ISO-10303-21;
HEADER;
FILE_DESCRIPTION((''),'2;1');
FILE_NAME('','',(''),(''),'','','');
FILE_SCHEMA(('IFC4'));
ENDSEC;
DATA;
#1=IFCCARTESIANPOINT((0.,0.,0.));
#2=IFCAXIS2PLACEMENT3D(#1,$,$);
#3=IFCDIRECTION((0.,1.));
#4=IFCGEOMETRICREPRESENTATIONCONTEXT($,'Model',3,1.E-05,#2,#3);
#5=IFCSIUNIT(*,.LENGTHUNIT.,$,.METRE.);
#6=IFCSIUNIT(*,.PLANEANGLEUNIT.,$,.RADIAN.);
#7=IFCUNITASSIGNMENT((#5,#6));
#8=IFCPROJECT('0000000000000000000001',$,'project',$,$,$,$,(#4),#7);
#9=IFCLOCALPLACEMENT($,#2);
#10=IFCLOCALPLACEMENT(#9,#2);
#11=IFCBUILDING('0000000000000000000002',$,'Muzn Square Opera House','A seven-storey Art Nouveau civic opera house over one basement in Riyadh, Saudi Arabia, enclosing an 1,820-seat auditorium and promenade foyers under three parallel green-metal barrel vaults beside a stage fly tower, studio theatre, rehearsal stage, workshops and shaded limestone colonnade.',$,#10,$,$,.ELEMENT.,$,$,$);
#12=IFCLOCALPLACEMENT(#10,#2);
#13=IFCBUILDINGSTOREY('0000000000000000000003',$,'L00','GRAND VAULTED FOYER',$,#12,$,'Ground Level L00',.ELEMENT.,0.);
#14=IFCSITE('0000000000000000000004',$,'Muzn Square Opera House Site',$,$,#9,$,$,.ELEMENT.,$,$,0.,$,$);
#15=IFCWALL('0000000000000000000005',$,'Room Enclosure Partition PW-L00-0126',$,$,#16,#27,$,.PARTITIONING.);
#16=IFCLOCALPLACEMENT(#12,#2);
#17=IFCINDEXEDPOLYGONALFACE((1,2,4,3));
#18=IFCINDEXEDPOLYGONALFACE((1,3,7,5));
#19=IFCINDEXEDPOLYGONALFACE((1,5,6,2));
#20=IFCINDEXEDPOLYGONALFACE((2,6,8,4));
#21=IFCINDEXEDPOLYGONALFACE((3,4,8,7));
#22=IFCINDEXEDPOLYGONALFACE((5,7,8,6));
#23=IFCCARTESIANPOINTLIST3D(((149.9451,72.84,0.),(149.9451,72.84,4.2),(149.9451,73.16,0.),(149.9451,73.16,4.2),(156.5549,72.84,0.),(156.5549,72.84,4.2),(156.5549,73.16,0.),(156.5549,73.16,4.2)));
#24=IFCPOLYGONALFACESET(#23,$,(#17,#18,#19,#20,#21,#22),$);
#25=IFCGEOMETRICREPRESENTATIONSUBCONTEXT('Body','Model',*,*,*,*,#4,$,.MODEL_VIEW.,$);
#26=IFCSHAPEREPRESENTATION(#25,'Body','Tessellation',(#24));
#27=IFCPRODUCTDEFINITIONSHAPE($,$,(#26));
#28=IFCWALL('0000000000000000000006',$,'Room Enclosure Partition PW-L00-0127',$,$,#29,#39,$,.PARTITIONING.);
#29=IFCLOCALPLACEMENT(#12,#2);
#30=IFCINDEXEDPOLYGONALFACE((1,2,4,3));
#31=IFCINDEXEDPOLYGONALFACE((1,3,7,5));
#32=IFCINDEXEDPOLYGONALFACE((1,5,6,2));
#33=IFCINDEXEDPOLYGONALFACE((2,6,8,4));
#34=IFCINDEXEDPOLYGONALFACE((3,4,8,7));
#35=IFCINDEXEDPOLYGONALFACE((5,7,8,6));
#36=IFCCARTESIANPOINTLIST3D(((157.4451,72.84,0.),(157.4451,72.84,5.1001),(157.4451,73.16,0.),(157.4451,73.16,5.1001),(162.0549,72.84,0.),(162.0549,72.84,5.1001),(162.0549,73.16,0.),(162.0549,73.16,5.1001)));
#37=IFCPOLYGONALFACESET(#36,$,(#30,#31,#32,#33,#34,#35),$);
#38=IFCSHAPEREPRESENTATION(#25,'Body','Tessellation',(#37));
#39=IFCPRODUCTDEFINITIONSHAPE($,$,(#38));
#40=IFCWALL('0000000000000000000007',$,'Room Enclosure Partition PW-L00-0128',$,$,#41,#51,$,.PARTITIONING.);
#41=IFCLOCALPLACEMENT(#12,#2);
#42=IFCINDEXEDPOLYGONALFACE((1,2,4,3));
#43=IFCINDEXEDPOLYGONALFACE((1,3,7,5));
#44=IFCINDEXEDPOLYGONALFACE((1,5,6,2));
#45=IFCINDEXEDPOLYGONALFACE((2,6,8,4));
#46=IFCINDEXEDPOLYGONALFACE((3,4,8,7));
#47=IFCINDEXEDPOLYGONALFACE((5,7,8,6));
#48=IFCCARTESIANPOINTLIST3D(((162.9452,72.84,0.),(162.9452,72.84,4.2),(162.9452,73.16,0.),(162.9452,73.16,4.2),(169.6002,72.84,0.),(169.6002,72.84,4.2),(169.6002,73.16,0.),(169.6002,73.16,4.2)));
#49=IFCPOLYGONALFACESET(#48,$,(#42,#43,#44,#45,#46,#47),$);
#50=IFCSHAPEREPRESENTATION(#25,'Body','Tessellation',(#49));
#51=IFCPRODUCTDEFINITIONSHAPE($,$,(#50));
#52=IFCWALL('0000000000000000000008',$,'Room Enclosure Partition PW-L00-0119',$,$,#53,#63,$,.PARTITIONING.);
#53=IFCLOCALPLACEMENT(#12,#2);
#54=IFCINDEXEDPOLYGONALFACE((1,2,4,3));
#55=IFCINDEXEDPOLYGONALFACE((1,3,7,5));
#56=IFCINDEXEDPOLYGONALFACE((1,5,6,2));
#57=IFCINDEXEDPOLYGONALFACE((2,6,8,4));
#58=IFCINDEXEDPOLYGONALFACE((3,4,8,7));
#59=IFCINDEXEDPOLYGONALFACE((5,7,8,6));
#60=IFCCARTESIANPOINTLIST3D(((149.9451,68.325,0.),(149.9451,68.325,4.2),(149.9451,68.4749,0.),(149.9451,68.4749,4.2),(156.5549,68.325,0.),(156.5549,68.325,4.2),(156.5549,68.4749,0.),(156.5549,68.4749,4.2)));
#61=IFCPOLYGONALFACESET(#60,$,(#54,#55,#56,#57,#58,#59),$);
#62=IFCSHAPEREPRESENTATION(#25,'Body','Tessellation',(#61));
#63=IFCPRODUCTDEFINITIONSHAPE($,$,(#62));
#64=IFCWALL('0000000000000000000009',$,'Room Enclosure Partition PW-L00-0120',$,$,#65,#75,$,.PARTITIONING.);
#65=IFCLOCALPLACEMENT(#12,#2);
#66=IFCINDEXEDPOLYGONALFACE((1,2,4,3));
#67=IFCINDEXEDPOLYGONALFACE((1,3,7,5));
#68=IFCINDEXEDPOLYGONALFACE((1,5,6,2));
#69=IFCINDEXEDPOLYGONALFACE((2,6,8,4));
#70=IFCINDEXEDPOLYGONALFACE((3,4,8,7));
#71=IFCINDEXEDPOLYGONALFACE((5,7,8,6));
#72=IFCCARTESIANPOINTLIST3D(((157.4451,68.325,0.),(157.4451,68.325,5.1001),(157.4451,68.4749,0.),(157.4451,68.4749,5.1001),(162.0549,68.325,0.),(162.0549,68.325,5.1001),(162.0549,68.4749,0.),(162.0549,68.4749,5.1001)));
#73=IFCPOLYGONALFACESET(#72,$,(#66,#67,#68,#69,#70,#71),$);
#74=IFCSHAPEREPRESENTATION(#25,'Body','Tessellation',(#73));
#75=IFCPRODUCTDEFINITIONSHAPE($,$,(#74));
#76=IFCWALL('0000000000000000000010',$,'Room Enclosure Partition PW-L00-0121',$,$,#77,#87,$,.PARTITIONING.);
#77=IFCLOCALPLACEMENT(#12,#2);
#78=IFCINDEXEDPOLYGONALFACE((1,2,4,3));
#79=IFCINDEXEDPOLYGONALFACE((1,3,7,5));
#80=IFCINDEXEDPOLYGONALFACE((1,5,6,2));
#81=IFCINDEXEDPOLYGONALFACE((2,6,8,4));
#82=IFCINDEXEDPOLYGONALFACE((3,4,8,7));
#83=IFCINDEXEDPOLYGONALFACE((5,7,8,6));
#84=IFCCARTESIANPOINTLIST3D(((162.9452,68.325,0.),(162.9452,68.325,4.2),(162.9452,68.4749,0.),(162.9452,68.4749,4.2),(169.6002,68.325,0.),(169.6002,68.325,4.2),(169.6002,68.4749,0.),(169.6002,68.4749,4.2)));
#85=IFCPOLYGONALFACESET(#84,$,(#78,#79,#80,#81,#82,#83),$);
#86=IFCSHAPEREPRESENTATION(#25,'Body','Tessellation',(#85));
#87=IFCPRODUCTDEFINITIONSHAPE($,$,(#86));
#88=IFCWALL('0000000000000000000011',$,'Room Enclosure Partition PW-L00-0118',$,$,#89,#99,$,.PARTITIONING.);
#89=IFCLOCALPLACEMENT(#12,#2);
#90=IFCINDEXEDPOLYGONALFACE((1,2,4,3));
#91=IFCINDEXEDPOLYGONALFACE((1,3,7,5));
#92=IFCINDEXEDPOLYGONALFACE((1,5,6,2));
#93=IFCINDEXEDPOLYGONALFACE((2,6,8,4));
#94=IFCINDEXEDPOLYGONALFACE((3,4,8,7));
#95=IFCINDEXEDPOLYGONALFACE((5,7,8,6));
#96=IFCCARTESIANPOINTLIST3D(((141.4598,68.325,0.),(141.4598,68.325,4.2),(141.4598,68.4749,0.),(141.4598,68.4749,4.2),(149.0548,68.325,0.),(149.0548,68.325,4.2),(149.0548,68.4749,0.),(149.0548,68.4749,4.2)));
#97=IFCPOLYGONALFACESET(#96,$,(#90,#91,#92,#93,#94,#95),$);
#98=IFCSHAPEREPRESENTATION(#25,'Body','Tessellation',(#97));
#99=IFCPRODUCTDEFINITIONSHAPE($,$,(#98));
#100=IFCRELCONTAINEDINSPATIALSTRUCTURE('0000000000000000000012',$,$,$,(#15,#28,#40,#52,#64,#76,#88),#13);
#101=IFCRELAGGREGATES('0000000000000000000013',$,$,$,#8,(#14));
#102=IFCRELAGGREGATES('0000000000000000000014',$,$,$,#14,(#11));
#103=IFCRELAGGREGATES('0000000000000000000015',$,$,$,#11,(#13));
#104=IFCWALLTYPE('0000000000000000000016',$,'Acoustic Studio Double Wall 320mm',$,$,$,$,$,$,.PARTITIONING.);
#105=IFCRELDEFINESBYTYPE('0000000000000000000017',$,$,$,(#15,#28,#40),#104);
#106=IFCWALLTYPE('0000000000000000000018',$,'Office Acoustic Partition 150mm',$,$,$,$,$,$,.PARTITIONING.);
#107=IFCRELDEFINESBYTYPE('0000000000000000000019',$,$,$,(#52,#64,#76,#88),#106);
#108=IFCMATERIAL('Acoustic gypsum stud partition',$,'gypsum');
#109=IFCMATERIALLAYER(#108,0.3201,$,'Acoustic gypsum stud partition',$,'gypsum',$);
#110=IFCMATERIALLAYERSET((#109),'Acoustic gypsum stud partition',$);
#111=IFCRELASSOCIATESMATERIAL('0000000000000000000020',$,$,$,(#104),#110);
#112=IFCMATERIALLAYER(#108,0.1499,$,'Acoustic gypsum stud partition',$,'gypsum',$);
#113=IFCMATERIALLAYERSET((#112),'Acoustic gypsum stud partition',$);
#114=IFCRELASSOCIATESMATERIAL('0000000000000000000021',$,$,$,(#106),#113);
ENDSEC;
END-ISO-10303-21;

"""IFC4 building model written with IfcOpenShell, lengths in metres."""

from ifc_helpers import new_model, si_unit, direction, frame, frame_2d, origin, place, context, subcontext, project, spatial, rectangle, extrude, material, layer, layer_set, type_object, element, save


model = new_model("IFC4")

# Units and contexts
model_context = context("Model", 3, precision=1e-05, world=origin(), true_north=direction((0.0, 1.0)))
body_context = subcontext(model_context, "Body", "Model", "MODEL_VIEW")
ifc_project = project(units=[si_unit("LENGTHUNIT", "METRE"), si_unit("PLANEANGLEUNIT", "RADIAN")], contexts=[model_context])

# Site, building, storey
site_placement = place(None, origin())
site = spatial("IfcSite", under=ifc_project, at=site_placement, Name="Muzn Square Opera House Site", CompositionType="ELEMENT", RefElevation=0.0)
building_placement = place(site_placement, origin())
building = spatial("IfcBuilding", under=site, at=building_placement, Name="Muzn Square Opera House", Description="A seven-storey Art Nouveau civic opera house over one basement in Riyadh, Saudi Arabia, enclosing an 1,820-seat auditorium and promenade foyers under three parallel green-metal barrel vaults beside a stage fly tower, studio theatre, rehearsal stage, workshops and shaded limestone colonnade.", CompositionType="ELEMENT")
storey_placement = place(building_placement, origin())
storey = spatial("IfcBuildingStorey", under=building, at=storey_placement, Name="L00", Description="GRAND VAULTED FOYER", LongName="Ground Level L00", CompositionType="ELEMENT", Elevation=0.0)

# Walls
ifc_material_1 = material(Name="Acoustic gypsum stud partition", Category="gypsum")
ifc_layer_1 = layer(ifc_material_1, 0.3201, Name="Acoustic gypsum stud partition", Category="gypsum")
ifc_layer_set_1 = layer_set([ifc_layer_1], Name="Acoustic gypsum stud partition")
wall_type_1 = type_object("IfcWallType", Name="Acoustic Studio Double Wall 320mm", PredefinedType="PARTITIONING", material=ifc_layer_set_1)
wall_1_placement = place(storey_placement, frame((149.9451, 73.0, 0.0), z_axis=(0.0, 0.0, 1.0), x_axis=(1.0, 0.0, 0.0)))
element("IfcWall", 1, at=wall_1_placement, inside=storey, type_object=wall_type_1, Name="Room Enclosure Partition PW-L00-0126", PredefinedType="PARTITIONING", context=body_context, shape_type="SweptSolid", body=[
    extrude(rectangle(XDim=6.6099, YDim=0.3201, at=frame_2d((3.3049, 0.0))), origin(), (0.0, 0.0, 1.0), 4.2),
])
wall_2_placement = place(storey_placement, frame((157.4451, 73.0, 0.0), z_axis=(0.0, 0.0, 1.0), x_axis=(1.0, 0.0, 0.0)))
element("IfcWall", 2, at=wall_2_placement, inside=storey, type_object=wall_type_1, Name="Room Enclosure Partition PW-L00-0127", PredefinedType="PARTITIONING", context=body_context, shape_type="SweptSolid", body=[
    extrude(rectangle(XDim=4.6099, YDim=0.3201, at=frame_2d((2.3049, 0.0))), origin(), (0.0, 0.0, 1.0), 5.1001),
])
wall_3_placement = place(storey_placement, frame((162.9451, 73.0, 0.0), z_axis=(0.0, 0.0, 1.0), x_axis=(1.0, 0.0, 0.0)))
element("IfcWall", 3, at=wall_3_placement, inside=storey, type_object=wall_type_1, Name="Room Enclosure Partition PW-L00-0128", PredefinedType="PARTITIONING", context=body_context, shape_type="SweptSolid", body=[
    extrude(rectangle(XDim=6.655, YDim=0.3201, at=frame_2d((3.3276, 0.0))), origin(), (0.0, 0.0, 1.0), 4.2),
])
ifc_layer_2 = layer(ifc_material_1, 0.1499, Name="Acoustic gypsum stud partition", Category="gypsum")
ifc_layer_set_2 = layer_set([ifc_layer_2], Name="Acoustic gypsum stud partition")
wall_type_2 = type_object("IfcWallType", Name="Office Acoustic Partition 150mm", PredefinedType="PARTITIONING", material=ifc_layer_set_2)
wall_4_placement = place(storey_placement, frame((149.9451, 68.3999, 0.0), z_axis=(0.0, 0.0, 1.0), x_axis=(1.0, 0.0, 0.0)))
element("IfcWall", 4, at=wall_4_placement, inside=storey, type_object=wall_type_2, Name="Room Enclosure Partition PW-L00-0119", PredefinedType="PARTITIONING", context=body_context, shape_type="SweptSolid", body=[
    extrude(rectangle(XDim=6.6099, YDim=0.1499, at=frame_2d((3.3049, 0.0))), origin(), (0.0, 0.0, 1.0), 4.2),
])
wall_5_placement = place(storey_placement, frame((157.4451, 68.3999, 0.0), z_axis=(0.0, 0.0, 1.0), x_axis=(1.0, 0.0, 0.0)))
element("IfcWall", 5, at=wall_5_placement, inside=storey, type_object=wall_type_2, Name="Room Enclosure Partition PW-L00-0120", PredefinedType="PARTITIONING", context=body_context, shape_type="SweptSolid", body=[
    extrude(rectangle(XDim=4.6099, YDim=0.1499, at=frame_2d((2.3049, 0.0))), origin(), (0.0, 0.0, 1.0), 5.1001),
])
wall_6_placement = place(storey_placement, frame((162.9451, 68.3999, 0.0), z_axis=(0.0, 0.0, 1.0), x_axis=(1.0, 0.0, 0.0)))
element("IfcWall", 6, at=wall_6_placement, inside=storey, type_object=wall_type_2, Name="Room Enclosure Partition PW-L00-0121", PredefinedType="PARTITIONING", context=body_context, shape_type="SweptSolid", body=[
    extrude(rectangle(XDim=6.655, YDim=0.1499, at=frame_2d((3.3276, 0.0))), origin(), (0.0, 0.0, 1.0), 4.2),
])
wall_7_placement = place(storey_placement, frame((141.46, 68.3999, 0.0), z_axis=(0.0, 0.0, 1.0), x_axis=(1.0, 0.0, 0.0)))
element("IfcWall", 7, at=wall_7_placement, inside=storey, type_object=wall_type_2, Name="Room Enclosure Partition PW-L00-0118", PredefinedType="PARTITIONING", context=body_context, shape_type="SweptSolid", body=[
    extrude(rectangle(XDim=7.595, YDim=0.1499, at=frame_2d((3.7974, 0.0))), origin(), (0.0, 0.0, 1.0), 4.2),
])

save(model, "model.ifc")
